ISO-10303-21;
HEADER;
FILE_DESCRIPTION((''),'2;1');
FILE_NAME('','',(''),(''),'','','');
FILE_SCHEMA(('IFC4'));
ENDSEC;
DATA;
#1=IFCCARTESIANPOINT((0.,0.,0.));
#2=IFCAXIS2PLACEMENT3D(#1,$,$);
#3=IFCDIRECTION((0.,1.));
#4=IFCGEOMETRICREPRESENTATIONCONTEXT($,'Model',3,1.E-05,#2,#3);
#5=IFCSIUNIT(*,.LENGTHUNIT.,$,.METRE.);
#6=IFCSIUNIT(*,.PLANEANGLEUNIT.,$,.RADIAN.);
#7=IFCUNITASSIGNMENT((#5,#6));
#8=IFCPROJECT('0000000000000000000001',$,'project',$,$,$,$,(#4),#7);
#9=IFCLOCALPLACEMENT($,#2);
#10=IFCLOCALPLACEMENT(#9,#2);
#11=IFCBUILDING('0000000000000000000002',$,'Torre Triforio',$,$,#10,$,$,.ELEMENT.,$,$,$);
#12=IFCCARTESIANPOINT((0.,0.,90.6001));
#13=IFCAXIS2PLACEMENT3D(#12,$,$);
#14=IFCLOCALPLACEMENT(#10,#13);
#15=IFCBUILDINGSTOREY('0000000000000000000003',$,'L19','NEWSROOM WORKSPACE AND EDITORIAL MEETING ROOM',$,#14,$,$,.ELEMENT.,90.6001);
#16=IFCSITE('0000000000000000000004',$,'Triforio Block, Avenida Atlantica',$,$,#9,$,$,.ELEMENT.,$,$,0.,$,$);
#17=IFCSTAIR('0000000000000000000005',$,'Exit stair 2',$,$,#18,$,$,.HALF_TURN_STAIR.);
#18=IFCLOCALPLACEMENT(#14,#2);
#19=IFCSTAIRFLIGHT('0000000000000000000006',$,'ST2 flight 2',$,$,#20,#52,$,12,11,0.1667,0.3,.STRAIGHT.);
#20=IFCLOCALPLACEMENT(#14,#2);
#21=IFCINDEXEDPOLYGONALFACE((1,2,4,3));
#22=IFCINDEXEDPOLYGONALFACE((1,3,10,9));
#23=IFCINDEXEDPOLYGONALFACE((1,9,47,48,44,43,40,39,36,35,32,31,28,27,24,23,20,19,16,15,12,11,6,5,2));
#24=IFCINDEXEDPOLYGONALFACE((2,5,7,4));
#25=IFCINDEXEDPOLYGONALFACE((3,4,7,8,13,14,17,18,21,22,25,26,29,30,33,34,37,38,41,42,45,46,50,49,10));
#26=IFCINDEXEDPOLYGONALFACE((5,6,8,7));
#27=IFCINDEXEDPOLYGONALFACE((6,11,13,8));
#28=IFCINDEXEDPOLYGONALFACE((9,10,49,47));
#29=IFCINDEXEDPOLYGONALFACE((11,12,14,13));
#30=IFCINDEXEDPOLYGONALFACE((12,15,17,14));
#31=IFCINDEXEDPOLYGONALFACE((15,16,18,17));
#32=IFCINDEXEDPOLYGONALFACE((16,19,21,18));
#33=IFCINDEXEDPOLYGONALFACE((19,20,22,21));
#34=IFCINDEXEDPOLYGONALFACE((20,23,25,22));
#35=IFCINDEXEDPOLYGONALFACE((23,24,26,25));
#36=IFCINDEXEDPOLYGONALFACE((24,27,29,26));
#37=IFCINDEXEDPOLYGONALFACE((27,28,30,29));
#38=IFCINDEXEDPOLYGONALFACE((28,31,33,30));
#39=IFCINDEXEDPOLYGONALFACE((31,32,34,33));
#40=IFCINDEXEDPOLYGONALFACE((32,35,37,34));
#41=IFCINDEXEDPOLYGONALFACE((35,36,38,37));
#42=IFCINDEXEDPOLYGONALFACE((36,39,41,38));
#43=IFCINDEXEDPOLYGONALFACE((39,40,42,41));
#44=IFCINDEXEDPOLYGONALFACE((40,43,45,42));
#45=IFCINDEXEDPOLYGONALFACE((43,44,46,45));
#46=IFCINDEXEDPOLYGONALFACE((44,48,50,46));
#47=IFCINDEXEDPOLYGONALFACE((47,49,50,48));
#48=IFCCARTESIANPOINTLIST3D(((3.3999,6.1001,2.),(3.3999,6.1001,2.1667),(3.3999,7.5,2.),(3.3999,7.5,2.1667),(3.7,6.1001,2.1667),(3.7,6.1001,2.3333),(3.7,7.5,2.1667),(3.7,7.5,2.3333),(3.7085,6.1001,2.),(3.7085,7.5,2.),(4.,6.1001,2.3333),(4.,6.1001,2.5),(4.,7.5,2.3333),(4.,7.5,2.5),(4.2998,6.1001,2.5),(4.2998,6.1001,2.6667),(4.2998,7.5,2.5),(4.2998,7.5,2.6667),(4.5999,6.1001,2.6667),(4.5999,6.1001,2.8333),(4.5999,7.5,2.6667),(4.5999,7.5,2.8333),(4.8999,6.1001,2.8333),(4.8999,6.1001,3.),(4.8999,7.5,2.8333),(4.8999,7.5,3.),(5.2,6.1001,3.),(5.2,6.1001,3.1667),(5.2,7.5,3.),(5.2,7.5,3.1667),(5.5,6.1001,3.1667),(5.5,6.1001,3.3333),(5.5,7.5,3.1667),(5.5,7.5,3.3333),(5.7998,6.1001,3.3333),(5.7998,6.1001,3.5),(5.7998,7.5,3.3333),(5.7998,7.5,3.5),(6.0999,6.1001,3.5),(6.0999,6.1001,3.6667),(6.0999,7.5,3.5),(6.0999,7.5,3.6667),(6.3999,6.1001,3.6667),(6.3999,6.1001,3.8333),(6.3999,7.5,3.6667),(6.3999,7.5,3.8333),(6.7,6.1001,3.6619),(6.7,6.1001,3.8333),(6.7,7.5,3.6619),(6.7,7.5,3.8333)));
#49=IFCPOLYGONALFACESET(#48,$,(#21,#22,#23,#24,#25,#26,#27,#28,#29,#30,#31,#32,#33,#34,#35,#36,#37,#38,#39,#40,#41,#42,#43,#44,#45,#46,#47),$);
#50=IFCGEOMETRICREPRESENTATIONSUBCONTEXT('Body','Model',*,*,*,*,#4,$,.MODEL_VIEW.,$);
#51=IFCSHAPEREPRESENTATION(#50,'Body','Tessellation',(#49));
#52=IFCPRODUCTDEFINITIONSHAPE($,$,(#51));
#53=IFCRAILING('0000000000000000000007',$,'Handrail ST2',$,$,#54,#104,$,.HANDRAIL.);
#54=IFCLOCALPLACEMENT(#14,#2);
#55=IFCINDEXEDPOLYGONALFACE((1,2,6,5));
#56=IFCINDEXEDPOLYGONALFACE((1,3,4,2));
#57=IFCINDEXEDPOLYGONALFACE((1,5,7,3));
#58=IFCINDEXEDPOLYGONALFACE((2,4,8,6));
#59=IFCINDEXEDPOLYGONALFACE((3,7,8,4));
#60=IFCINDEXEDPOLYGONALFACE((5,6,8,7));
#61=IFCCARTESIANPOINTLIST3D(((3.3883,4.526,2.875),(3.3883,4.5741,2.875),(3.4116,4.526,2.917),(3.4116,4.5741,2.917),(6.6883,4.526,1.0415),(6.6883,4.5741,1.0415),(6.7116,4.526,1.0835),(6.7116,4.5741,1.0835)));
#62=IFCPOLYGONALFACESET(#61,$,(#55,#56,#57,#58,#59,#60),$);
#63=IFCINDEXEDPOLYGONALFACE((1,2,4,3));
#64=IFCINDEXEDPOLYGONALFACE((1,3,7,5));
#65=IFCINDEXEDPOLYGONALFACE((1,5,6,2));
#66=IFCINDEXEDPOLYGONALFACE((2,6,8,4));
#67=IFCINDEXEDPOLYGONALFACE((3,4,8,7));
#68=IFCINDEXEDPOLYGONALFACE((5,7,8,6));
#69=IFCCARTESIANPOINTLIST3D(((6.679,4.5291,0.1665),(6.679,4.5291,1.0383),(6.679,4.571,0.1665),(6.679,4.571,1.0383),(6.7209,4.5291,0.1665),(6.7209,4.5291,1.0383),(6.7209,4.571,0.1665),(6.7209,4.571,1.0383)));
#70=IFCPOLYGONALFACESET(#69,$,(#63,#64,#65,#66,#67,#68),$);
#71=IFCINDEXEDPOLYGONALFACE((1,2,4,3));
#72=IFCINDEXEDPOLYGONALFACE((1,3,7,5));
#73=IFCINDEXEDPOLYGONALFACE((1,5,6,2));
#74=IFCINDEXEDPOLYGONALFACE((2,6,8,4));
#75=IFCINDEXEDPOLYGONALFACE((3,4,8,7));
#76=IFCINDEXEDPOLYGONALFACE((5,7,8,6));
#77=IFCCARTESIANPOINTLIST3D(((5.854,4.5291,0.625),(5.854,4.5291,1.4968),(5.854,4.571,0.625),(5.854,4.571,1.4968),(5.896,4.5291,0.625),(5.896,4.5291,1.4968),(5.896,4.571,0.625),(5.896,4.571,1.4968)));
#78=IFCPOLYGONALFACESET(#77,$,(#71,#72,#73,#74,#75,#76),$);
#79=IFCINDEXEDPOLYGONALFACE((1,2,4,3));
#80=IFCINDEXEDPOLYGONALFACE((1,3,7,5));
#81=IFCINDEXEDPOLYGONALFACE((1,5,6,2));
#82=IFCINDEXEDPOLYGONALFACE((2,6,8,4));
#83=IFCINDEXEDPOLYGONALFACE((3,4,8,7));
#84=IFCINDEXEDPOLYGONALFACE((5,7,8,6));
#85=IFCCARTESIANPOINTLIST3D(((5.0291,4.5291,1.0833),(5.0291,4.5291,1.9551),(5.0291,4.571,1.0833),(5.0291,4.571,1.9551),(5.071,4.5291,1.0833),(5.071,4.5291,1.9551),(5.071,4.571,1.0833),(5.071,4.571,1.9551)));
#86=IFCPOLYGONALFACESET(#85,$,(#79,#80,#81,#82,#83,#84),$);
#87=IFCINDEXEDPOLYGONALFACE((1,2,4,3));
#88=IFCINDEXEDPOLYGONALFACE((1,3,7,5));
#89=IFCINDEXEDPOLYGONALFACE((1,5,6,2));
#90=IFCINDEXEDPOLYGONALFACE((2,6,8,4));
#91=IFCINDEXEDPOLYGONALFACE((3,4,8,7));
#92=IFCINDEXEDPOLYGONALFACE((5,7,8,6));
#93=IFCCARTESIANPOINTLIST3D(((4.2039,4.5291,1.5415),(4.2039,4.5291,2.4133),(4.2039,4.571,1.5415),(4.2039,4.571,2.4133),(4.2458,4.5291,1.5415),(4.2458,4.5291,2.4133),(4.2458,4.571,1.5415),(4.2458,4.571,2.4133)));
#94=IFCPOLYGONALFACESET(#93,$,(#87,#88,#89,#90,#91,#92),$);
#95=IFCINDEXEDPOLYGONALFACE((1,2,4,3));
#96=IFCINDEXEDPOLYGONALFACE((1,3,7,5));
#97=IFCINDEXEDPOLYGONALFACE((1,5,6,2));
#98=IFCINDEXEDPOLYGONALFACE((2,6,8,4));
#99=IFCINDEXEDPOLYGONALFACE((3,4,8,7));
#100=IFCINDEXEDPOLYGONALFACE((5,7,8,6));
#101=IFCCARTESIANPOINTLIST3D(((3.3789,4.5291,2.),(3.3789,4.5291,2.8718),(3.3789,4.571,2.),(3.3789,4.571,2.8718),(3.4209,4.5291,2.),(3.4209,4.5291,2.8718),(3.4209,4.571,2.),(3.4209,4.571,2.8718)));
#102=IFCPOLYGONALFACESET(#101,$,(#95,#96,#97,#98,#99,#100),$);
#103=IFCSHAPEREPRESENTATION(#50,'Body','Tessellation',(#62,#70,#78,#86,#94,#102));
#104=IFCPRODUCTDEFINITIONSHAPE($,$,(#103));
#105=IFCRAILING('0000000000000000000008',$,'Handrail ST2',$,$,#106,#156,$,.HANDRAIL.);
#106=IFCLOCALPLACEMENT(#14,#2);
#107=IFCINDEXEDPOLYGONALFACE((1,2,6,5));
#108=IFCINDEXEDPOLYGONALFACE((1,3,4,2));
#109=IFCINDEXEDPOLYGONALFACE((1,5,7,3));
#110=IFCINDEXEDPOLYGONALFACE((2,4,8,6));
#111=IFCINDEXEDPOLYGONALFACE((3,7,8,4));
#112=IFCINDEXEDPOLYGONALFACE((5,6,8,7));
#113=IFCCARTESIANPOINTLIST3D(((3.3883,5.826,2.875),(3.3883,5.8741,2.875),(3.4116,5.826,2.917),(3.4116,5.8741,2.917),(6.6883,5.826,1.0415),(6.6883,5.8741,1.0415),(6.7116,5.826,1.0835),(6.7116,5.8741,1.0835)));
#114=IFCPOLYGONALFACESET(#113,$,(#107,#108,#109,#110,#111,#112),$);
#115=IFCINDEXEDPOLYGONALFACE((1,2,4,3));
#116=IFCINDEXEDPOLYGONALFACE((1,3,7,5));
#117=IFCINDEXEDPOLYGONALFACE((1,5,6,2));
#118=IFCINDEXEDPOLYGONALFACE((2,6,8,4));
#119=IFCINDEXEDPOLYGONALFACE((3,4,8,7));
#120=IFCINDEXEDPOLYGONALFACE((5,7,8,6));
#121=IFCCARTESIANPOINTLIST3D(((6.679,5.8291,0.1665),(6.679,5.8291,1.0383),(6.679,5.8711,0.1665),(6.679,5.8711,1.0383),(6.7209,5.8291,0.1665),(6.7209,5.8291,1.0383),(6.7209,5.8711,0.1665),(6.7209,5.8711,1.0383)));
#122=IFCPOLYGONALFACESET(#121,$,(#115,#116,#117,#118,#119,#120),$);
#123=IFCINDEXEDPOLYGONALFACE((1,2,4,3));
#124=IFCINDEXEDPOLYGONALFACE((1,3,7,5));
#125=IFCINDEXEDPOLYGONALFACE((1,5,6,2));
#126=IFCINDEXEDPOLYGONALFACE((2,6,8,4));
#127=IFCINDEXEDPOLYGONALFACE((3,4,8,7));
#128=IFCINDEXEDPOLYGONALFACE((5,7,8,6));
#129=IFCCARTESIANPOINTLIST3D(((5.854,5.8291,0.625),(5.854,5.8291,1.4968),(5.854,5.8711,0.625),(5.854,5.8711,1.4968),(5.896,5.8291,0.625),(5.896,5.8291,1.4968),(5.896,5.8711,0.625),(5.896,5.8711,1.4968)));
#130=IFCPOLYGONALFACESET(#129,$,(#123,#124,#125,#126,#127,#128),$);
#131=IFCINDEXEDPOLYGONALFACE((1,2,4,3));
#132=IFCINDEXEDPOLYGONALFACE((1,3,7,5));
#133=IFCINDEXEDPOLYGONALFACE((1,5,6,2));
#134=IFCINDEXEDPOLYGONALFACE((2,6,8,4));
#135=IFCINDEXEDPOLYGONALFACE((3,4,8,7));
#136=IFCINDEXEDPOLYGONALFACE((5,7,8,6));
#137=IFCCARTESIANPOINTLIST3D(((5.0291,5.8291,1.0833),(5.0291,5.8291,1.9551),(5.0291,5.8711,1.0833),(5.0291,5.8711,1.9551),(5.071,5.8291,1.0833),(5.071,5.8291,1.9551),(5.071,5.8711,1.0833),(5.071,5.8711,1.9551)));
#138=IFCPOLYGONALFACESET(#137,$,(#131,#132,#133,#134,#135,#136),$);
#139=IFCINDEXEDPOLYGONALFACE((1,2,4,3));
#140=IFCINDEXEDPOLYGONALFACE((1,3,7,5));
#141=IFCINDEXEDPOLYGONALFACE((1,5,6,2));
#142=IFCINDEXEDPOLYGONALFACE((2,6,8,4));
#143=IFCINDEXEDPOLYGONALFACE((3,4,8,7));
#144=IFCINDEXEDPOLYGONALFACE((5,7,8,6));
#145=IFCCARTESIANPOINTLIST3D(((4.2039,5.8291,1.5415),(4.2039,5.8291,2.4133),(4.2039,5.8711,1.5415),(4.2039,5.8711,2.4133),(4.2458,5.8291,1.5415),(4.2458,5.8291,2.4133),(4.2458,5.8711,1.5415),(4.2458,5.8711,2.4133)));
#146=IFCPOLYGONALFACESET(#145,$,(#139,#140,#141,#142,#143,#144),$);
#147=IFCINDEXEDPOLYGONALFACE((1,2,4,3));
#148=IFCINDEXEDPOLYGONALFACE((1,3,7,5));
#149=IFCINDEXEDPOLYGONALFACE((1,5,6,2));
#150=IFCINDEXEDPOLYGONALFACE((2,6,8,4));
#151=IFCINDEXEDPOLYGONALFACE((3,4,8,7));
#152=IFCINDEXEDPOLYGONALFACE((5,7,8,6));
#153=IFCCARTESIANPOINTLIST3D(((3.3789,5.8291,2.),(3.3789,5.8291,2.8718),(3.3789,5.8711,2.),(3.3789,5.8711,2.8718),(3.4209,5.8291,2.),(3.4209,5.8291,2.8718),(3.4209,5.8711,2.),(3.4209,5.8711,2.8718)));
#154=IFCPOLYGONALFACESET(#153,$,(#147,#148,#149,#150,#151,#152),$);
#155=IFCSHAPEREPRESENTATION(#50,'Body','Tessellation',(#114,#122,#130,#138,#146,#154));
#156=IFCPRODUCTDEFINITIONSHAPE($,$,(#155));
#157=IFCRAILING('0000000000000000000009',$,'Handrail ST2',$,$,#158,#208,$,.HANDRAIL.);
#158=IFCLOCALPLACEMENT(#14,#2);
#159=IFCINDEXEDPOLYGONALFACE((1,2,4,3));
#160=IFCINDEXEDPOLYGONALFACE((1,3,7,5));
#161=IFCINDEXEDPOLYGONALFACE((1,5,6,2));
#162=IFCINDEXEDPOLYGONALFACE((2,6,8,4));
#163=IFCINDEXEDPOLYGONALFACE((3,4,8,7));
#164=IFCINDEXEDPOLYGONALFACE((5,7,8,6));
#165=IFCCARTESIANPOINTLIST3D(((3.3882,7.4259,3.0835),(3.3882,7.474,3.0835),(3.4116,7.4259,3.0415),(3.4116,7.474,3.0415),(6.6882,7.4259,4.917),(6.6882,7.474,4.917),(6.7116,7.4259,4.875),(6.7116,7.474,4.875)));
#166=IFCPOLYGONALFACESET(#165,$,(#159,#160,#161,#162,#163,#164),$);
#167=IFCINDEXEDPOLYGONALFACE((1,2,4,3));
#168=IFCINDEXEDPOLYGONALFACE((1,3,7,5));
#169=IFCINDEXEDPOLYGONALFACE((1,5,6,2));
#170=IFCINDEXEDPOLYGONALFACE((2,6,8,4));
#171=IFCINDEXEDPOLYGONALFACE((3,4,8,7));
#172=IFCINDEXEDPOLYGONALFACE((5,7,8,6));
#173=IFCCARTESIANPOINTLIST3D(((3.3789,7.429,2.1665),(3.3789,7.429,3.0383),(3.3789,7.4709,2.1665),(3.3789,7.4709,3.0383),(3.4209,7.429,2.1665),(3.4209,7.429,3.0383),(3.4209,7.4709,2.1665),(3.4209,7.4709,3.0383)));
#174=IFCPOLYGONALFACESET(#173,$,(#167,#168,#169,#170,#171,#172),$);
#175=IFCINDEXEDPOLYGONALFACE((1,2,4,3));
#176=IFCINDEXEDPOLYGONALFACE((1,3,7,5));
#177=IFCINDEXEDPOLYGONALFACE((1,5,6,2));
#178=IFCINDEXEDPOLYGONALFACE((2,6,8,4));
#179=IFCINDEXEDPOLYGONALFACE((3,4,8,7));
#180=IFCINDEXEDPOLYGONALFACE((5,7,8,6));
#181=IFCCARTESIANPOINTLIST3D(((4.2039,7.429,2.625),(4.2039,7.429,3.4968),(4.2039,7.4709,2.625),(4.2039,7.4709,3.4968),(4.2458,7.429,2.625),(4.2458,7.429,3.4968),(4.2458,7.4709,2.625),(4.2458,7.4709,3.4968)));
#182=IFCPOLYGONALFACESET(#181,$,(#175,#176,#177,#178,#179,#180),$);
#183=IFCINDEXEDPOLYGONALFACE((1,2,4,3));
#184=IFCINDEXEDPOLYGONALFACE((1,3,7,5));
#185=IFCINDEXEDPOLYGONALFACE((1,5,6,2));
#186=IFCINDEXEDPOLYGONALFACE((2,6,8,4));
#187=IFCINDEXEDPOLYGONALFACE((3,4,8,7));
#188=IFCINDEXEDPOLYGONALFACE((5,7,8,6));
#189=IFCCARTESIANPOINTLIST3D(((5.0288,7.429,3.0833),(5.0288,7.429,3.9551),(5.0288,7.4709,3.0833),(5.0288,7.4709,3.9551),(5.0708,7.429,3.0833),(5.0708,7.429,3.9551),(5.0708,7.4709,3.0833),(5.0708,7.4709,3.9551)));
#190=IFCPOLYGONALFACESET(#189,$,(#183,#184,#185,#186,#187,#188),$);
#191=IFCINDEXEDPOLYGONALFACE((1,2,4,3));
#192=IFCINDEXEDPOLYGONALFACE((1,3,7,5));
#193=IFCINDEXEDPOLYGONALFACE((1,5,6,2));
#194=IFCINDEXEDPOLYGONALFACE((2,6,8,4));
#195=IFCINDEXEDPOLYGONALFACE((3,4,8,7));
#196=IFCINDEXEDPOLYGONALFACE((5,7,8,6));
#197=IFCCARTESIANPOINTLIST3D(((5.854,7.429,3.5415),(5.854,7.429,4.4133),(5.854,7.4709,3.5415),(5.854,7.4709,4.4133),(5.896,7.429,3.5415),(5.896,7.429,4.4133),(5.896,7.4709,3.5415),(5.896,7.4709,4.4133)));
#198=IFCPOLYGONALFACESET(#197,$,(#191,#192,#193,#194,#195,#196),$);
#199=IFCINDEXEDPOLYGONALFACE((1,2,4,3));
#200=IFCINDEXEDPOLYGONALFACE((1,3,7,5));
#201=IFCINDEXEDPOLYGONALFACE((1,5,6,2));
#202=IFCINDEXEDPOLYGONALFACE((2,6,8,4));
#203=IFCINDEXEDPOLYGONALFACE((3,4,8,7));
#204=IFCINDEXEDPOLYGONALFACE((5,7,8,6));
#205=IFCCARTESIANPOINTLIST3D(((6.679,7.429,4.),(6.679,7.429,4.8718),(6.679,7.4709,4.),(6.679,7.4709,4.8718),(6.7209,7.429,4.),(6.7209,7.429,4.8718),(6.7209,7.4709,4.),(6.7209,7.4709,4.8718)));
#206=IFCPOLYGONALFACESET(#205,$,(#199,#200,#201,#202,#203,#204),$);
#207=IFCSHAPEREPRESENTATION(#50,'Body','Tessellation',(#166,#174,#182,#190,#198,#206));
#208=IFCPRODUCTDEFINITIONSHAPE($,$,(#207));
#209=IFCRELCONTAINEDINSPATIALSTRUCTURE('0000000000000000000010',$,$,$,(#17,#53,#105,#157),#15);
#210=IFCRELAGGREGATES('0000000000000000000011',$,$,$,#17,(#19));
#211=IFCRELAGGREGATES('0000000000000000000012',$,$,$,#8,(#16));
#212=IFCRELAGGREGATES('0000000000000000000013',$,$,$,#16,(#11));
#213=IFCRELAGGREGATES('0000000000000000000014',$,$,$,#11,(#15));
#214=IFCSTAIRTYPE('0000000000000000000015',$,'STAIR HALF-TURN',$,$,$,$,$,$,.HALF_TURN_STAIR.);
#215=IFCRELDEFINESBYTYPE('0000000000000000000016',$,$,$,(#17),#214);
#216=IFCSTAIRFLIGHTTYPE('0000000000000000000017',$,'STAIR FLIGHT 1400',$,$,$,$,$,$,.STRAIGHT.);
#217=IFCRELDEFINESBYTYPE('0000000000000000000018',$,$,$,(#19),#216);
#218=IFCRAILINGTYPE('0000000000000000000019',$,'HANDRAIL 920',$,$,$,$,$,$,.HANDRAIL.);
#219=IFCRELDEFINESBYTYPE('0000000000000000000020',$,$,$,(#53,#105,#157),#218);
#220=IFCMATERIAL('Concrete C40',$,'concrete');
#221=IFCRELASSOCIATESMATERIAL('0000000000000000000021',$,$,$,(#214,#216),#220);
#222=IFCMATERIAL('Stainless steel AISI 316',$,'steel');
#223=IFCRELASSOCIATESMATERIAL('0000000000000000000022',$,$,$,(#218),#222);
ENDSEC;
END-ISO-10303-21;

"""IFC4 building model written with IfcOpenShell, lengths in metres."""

from ifc_helpers import new_model, si_unit, direction, frame, origin, origin_2d, place, context, subcontext, project, spatial, polyline, rectangle, outline, extrude, material, type_object, element, aggregate, save


model = new_model("IFC4")

# Units and contexts
model_context = context("Model", 3, precision=1e-05, world=origin(), true_north=direction((0.0, 1.0)))
body_context = subcontext(model_context, "Body", "Model", "MODEL_VIEW")
ifc_project = project(units=[si_unit("LENGTHUNIT", "METRE"), si_unit("PLANEANGLEUNIT", "RADIAN")], contexts=[model_context])

# Site, building, storey
site_placement = place(None, origin())
site = spatial("IfcSite", under=ifc_project, at=site_placement, Name="Triforio Block, Avenida Atlantica", CompositionType="ELEMENT", RefElevation=0.0)
building_placement = place(site_placement, origin())
building = spatial("IfcBuilding", under=site, at=building_placement, Name="Torre Triforio", CompositionType="ELEMENT")
storey_placement = place(building_placement, frame((0.0, 0.0, 90.6001)))
storey = spatial("IfcBuildingStorey", under=building, at=storey_placement, Name="L19", Description="NEWSROOM WORKSPACE AND EDITORIAL MEETING ROOM", CompositionType="ELEMENT", Elevation=90.6001)

# Stair
ifc_material_1 = material(Name="Concrete C40", Category="concrete")
stair_type = type_object("IfcStairType", Name="STAIR HALF-TURN", PredefinedType="HALF_TURN_STAIR", material=ifc_material_1)
stair_1_placement = place(storey_placement, origin())
stair_1 = element("IfcStair", 1, at=stair_1_placement, inside=storey, type_object=stair_type, Name="Exit stair 2", PredefinedType="HALF_TURN_STAIR")

# Stair flight
stair_flight_type = type_object("IfcStairFlightType", Name="STAIR FLIGHT 1400", PredefinedType="STRAIGHT", material=ifc_material_1)
stair_flight_1_placement = place(storey_placement, frame((3.3999, 6.8, 2.0), z_axis=(0.0, 0.0, 1.0), x_axis=(1.0, 0.0, 0.0)))
stair_flight_1 = element("IfcStairFlight", 2, at=stair_flight_1_placement, type_object=stair_flight_type, Name="ST2 flight 2", NumberOfRisers=12, NumberOfTreads=11, PredefinedType="STRAIGHT", RiserHeight=0.1667, TreadLength=0.3, context=body_context, shape_type="SweptSolid", body=[
    extrude(outline(polyline([(0.0, 0.0), (0.0, 0.1667), (0.3, 0.1667), (0.3, 0.3333), (0.6001, 0.3333), (0.6001, 0.5), (0.8999, 0.5), (0.8999, 0.6667), (1.2, 0.6667), (1.2, 0.8333), (1.5, 0.8333), (1.5, 1.0), (1.8, 1.0), (1.8, 1.1667), (2.1001, 1.1667), (2.1001, 1.3333), (2.3999, 1.3333), (2.3999, 1.5), (2.7, 1.5), (2.7, 1.6667), (3.0, 1.6667), (3.0, 1.8333), (3.3, 1.8333), (3.3, 2.0), (3.3, 1.6619), (0.3086, 0.0), (0.0, 0.0)])), frame((0.0, 0.7, 0.0), z_axis=(0.0, -1.0, 0.0), x_axis=(1.0, 0.0, 0.0)), (0.0, 0.0, 1.0), 1.3999),
])
aggregate(stair_1, [stair_flight_1])

# Railings
ifc_material_2 = material(Name="Stainless steel AISI 316", Category="steel")
railing_type = type_object("IfcRailingType", Name="HANDRAIL 920", PredefinedType="HANDRAIL", material=ifc_material_2)
for number, where, name in (
    (3, (6.7, 4.55, 0.1665), "Handrail ST2"),
    (4, (6.7, 5.8501, 0.1665), "Handrail ST2"),
):
    element("IfcRailing", number, at=place(storey_placement, frame(where)), inside=storey, type_object=railing_type, Name=name, PredefinedType="HANDRAIL", context=body_context, shape_type="SweptSolid", body=[
        extrude(rectangle(XDim=0.0481, YDim=0.0481, at=origin_2d()), frame((0.0, 0.0, 0.896), z_axis=(-0.874142, 0.0, 0.48567), x_axis=(0.0, -1.0, 0.0)), (0.0, 0.0, 1.0), 3.7751),
        extrude(rectangle(XDim=0.042, YDim=0.042, at=origin_2d()), origin(), (0.0, 0.0, 1.0), 0.8718),
        extrude(rectangle(XDim=0.042, YDim=0.042, at=origin_2d()), frame((-0.825, 0.0, 0.4585)), (0.0, 0.0, 1.0), 0.8718),
        extrude(rectangle(XDim=0.042, YDim=0.042, at=origin_2d()), frame((-1.6499, 0.0, 0.9167)), (0.0, 0.0, 1.0), 0.8718),
        extrude(rectangle(XDim=0.042, YDim=0.042, at=origin_2d()), frame((-2.4751, 0.0, 1.375)), (0.0, 0.0, 1.0), 0.8718),
        extrude(rectangle(XDim=0.042, YDim=0.042, at=origin_2d()), frame((-3.3, 0.0, 1.8335)), (0.0, 0.0, 1.0), 0.8718),
    ])
for number, where, name in (
    (5, (3.3999, 7.45, 2.1665), "Handrail ST2"),
):
    element("IfcRailing", number, at=place(storey_placement, frame(where)), inside=storey, type_object=railing_type, Name=name, PredefinedType="HANDRAIL", context=body_context, shape_type="SweptSolid", body=[
        extrude(rectangle(XDim=0.0481, YDim=0.0481, at=origin_2d()), frame((0.0, 0.0, 0.896), z_axis=(0.874142, 0.0, 0.48567), x_axis=(0.0, 1.0, 0.0)), (0.0, 0.0, 1.0), 3.7751),
        extrude(rectangle(XDim=0.042, YDim=0.042, at=origin_2d()), origin(), (0.0, 0.0, 1.0), 0.8718),
        extrude(rectangle(XDim=0.042, YDim=0.042, at=origin_2d()), frame((0.825, 0.0, 0.4585)), (0.0, 0.0, 1.0), 0.8718),
        extrude(rectangle(XDim=0.042, YDim=0.042, at=origin_2d()), frame((1.6499, 0.0, 0.9167)), (0.0, 0.0, 1.0), 0.8718),
        extrude(rectangle(XDim=0.042, YDim=0.042, at=origin_2d()), frame((2.4751, 0.0, 1.375)), (0.0, 0.0, 1.0), 0.8718),
        extrude(rectangle(XDim=0.042, YDim=0.042, at=origin_2d()), frame((3.3, 0.0, 1.8335)), (0.0, 0.0, 1.0), 0.8718),
    ])

save(model, "model.ifc")
